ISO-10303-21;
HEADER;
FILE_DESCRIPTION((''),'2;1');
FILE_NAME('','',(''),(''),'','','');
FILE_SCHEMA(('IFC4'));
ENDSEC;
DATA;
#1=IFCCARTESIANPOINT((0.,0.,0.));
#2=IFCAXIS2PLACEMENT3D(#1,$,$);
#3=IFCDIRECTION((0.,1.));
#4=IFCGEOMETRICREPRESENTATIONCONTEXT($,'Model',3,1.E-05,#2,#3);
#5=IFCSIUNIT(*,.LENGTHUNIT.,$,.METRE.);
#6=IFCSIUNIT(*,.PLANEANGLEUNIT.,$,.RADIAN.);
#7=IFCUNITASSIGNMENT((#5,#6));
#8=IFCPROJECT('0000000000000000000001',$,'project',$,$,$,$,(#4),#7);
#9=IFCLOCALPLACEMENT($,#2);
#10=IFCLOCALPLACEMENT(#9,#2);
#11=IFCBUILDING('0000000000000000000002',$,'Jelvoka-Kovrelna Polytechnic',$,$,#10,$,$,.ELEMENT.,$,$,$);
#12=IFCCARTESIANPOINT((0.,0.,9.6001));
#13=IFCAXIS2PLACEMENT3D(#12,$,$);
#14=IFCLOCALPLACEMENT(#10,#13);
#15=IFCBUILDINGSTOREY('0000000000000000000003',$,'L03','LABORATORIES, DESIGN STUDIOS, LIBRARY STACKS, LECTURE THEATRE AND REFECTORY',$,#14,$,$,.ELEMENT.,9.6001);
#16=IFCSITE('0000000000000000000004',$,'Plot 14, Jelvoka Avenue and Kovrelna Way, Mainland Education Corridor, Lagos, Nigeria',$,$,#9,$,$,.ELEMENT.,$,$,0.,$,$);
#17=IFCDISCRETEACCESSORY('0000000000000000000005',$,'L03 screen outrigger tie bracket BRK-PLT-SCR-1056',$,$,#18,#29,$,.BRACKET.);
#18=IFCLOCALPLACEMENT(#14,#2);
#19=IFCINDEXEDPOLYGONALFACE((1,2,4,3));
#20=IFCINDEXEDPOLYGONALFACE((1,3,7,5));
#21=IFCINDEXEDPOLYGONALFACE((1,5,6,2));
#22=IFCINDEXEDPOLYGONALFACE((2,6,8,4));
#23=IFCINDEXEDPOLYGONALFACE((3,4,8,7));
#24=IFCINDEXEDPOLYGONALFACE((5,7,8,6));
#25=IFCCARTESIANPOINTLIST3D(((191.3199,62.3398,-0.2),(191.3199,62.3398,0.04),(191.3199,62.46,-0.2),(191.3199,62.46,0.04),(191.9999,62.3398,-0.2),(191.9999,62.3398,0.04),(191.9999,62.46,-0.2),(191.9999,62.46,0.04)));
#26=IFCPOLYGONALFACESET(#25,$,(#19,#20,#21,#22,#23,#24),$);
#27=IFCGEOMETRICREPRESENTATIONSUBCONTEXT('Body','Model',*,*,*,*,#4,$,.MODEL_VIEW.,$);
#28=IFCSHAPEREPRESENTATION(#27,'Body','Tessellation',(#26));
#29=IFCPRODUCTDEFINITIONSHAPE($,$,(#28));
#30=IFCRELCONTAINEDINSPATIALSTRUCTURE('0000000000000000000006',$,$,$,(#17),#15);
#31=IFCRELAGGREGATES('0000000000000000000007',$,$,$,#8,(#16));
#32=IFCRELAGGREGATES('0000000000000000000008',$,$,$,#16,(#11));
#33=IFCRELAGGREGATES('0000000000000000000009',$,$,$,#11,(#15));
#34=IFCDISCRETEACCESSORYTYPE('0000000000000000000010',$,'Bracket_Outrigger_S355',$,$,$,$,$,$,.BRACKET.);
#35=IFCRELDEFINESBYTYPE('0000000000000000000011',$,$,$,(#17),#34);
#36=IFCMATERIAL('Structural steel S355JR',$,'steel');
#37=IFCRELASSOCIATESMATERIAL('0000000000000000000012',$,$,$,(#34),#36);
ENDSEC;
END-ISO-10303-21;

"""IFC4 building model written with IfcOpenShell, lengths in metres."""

from ifc_helpers import new_model, si_unit, direction, frame, origin, origin_2d, place, context, subcontext, project, spatial, rectangle, extrude, material, type_object, element, save


model = new_model("IFC4")

# Units and contexts
model_context = context("Model", 3, precision=1e-05, world=origin(), true_north=direction((0.0, 1.0)))
body_context = subcontext(model_context, "Body", "Model", "MODEL_VIEW")
ifc_project = project(units=[si_unit("LENGTHUNIT", "METRE"), si_unit("PLANEANGLEUNIT", "RADIAN")], contexts=[model_context])

# Site, building, storey
site_placement = place(None, origin())
site = spatial("IfcSite", under=ifc_project, at=site_placement, Name="Plot 14, Jelvoka Avenue and Kovrelna Way, Mainland Education Corridor, Lagos, Nigeria", CompositionType="ELEMENT", RefElevation=0.0)
building_placement = place(site_placement, origin())
building = spatial("IfcBuilding", under=site, at=building_placement, Name="Jelvoka-Kovrelna Polytechnic", CompositionType="ELEMENT")
storey_placement = place(building_placement, frame((0.0, 0.0, 9.6001)))
storey = spatial("IfcBuildingStorey", under=building, at=storey_placement, Name="L03", Description="LABORATORIES, DESIGN STUDIOS, LIBRARY STACKS, LECTURE THEATRE AND REFECTORY", CompositionType="ELEMENT", Elevation=9.6001)

# Discrete accessory
ifc_material_1 = material(Name="Structural steel S355JR", Category="steel")
discrete_accessory_type = type_object("IfcDiscreteAccessoryType", Name="Bracket_Outrigger_S355", PredefinedType="BRACKET", material=ifc_material_1)
for number, where, z_axis, x_axis, name in (
    (1, (191.6599, 62.3999, -0.2), (0.0, 0.0, 1.0), (1.0, 0.0, 0.0), "L03 screen outrigger tie bracket BRK-PLT-SCR-1056"),
):
    element("IfcDiscreteAccessory", number, at=place(storey_placement, frame(where, z_axis=z_axis, x_axis=x_axis)), inside=storey, type_object=discrete_accessory_type, Name=name, PredefinedType="BRACKET", context=body_context, shape_type="SweptSolid", body=[
        extrude(rectangle(XDim=0.6799, YDim=0.1201, at=origin_2d()), origin(), (0.0, 0.0, 1.0), 0.24),
    ])

save(model, "model.ifc")
